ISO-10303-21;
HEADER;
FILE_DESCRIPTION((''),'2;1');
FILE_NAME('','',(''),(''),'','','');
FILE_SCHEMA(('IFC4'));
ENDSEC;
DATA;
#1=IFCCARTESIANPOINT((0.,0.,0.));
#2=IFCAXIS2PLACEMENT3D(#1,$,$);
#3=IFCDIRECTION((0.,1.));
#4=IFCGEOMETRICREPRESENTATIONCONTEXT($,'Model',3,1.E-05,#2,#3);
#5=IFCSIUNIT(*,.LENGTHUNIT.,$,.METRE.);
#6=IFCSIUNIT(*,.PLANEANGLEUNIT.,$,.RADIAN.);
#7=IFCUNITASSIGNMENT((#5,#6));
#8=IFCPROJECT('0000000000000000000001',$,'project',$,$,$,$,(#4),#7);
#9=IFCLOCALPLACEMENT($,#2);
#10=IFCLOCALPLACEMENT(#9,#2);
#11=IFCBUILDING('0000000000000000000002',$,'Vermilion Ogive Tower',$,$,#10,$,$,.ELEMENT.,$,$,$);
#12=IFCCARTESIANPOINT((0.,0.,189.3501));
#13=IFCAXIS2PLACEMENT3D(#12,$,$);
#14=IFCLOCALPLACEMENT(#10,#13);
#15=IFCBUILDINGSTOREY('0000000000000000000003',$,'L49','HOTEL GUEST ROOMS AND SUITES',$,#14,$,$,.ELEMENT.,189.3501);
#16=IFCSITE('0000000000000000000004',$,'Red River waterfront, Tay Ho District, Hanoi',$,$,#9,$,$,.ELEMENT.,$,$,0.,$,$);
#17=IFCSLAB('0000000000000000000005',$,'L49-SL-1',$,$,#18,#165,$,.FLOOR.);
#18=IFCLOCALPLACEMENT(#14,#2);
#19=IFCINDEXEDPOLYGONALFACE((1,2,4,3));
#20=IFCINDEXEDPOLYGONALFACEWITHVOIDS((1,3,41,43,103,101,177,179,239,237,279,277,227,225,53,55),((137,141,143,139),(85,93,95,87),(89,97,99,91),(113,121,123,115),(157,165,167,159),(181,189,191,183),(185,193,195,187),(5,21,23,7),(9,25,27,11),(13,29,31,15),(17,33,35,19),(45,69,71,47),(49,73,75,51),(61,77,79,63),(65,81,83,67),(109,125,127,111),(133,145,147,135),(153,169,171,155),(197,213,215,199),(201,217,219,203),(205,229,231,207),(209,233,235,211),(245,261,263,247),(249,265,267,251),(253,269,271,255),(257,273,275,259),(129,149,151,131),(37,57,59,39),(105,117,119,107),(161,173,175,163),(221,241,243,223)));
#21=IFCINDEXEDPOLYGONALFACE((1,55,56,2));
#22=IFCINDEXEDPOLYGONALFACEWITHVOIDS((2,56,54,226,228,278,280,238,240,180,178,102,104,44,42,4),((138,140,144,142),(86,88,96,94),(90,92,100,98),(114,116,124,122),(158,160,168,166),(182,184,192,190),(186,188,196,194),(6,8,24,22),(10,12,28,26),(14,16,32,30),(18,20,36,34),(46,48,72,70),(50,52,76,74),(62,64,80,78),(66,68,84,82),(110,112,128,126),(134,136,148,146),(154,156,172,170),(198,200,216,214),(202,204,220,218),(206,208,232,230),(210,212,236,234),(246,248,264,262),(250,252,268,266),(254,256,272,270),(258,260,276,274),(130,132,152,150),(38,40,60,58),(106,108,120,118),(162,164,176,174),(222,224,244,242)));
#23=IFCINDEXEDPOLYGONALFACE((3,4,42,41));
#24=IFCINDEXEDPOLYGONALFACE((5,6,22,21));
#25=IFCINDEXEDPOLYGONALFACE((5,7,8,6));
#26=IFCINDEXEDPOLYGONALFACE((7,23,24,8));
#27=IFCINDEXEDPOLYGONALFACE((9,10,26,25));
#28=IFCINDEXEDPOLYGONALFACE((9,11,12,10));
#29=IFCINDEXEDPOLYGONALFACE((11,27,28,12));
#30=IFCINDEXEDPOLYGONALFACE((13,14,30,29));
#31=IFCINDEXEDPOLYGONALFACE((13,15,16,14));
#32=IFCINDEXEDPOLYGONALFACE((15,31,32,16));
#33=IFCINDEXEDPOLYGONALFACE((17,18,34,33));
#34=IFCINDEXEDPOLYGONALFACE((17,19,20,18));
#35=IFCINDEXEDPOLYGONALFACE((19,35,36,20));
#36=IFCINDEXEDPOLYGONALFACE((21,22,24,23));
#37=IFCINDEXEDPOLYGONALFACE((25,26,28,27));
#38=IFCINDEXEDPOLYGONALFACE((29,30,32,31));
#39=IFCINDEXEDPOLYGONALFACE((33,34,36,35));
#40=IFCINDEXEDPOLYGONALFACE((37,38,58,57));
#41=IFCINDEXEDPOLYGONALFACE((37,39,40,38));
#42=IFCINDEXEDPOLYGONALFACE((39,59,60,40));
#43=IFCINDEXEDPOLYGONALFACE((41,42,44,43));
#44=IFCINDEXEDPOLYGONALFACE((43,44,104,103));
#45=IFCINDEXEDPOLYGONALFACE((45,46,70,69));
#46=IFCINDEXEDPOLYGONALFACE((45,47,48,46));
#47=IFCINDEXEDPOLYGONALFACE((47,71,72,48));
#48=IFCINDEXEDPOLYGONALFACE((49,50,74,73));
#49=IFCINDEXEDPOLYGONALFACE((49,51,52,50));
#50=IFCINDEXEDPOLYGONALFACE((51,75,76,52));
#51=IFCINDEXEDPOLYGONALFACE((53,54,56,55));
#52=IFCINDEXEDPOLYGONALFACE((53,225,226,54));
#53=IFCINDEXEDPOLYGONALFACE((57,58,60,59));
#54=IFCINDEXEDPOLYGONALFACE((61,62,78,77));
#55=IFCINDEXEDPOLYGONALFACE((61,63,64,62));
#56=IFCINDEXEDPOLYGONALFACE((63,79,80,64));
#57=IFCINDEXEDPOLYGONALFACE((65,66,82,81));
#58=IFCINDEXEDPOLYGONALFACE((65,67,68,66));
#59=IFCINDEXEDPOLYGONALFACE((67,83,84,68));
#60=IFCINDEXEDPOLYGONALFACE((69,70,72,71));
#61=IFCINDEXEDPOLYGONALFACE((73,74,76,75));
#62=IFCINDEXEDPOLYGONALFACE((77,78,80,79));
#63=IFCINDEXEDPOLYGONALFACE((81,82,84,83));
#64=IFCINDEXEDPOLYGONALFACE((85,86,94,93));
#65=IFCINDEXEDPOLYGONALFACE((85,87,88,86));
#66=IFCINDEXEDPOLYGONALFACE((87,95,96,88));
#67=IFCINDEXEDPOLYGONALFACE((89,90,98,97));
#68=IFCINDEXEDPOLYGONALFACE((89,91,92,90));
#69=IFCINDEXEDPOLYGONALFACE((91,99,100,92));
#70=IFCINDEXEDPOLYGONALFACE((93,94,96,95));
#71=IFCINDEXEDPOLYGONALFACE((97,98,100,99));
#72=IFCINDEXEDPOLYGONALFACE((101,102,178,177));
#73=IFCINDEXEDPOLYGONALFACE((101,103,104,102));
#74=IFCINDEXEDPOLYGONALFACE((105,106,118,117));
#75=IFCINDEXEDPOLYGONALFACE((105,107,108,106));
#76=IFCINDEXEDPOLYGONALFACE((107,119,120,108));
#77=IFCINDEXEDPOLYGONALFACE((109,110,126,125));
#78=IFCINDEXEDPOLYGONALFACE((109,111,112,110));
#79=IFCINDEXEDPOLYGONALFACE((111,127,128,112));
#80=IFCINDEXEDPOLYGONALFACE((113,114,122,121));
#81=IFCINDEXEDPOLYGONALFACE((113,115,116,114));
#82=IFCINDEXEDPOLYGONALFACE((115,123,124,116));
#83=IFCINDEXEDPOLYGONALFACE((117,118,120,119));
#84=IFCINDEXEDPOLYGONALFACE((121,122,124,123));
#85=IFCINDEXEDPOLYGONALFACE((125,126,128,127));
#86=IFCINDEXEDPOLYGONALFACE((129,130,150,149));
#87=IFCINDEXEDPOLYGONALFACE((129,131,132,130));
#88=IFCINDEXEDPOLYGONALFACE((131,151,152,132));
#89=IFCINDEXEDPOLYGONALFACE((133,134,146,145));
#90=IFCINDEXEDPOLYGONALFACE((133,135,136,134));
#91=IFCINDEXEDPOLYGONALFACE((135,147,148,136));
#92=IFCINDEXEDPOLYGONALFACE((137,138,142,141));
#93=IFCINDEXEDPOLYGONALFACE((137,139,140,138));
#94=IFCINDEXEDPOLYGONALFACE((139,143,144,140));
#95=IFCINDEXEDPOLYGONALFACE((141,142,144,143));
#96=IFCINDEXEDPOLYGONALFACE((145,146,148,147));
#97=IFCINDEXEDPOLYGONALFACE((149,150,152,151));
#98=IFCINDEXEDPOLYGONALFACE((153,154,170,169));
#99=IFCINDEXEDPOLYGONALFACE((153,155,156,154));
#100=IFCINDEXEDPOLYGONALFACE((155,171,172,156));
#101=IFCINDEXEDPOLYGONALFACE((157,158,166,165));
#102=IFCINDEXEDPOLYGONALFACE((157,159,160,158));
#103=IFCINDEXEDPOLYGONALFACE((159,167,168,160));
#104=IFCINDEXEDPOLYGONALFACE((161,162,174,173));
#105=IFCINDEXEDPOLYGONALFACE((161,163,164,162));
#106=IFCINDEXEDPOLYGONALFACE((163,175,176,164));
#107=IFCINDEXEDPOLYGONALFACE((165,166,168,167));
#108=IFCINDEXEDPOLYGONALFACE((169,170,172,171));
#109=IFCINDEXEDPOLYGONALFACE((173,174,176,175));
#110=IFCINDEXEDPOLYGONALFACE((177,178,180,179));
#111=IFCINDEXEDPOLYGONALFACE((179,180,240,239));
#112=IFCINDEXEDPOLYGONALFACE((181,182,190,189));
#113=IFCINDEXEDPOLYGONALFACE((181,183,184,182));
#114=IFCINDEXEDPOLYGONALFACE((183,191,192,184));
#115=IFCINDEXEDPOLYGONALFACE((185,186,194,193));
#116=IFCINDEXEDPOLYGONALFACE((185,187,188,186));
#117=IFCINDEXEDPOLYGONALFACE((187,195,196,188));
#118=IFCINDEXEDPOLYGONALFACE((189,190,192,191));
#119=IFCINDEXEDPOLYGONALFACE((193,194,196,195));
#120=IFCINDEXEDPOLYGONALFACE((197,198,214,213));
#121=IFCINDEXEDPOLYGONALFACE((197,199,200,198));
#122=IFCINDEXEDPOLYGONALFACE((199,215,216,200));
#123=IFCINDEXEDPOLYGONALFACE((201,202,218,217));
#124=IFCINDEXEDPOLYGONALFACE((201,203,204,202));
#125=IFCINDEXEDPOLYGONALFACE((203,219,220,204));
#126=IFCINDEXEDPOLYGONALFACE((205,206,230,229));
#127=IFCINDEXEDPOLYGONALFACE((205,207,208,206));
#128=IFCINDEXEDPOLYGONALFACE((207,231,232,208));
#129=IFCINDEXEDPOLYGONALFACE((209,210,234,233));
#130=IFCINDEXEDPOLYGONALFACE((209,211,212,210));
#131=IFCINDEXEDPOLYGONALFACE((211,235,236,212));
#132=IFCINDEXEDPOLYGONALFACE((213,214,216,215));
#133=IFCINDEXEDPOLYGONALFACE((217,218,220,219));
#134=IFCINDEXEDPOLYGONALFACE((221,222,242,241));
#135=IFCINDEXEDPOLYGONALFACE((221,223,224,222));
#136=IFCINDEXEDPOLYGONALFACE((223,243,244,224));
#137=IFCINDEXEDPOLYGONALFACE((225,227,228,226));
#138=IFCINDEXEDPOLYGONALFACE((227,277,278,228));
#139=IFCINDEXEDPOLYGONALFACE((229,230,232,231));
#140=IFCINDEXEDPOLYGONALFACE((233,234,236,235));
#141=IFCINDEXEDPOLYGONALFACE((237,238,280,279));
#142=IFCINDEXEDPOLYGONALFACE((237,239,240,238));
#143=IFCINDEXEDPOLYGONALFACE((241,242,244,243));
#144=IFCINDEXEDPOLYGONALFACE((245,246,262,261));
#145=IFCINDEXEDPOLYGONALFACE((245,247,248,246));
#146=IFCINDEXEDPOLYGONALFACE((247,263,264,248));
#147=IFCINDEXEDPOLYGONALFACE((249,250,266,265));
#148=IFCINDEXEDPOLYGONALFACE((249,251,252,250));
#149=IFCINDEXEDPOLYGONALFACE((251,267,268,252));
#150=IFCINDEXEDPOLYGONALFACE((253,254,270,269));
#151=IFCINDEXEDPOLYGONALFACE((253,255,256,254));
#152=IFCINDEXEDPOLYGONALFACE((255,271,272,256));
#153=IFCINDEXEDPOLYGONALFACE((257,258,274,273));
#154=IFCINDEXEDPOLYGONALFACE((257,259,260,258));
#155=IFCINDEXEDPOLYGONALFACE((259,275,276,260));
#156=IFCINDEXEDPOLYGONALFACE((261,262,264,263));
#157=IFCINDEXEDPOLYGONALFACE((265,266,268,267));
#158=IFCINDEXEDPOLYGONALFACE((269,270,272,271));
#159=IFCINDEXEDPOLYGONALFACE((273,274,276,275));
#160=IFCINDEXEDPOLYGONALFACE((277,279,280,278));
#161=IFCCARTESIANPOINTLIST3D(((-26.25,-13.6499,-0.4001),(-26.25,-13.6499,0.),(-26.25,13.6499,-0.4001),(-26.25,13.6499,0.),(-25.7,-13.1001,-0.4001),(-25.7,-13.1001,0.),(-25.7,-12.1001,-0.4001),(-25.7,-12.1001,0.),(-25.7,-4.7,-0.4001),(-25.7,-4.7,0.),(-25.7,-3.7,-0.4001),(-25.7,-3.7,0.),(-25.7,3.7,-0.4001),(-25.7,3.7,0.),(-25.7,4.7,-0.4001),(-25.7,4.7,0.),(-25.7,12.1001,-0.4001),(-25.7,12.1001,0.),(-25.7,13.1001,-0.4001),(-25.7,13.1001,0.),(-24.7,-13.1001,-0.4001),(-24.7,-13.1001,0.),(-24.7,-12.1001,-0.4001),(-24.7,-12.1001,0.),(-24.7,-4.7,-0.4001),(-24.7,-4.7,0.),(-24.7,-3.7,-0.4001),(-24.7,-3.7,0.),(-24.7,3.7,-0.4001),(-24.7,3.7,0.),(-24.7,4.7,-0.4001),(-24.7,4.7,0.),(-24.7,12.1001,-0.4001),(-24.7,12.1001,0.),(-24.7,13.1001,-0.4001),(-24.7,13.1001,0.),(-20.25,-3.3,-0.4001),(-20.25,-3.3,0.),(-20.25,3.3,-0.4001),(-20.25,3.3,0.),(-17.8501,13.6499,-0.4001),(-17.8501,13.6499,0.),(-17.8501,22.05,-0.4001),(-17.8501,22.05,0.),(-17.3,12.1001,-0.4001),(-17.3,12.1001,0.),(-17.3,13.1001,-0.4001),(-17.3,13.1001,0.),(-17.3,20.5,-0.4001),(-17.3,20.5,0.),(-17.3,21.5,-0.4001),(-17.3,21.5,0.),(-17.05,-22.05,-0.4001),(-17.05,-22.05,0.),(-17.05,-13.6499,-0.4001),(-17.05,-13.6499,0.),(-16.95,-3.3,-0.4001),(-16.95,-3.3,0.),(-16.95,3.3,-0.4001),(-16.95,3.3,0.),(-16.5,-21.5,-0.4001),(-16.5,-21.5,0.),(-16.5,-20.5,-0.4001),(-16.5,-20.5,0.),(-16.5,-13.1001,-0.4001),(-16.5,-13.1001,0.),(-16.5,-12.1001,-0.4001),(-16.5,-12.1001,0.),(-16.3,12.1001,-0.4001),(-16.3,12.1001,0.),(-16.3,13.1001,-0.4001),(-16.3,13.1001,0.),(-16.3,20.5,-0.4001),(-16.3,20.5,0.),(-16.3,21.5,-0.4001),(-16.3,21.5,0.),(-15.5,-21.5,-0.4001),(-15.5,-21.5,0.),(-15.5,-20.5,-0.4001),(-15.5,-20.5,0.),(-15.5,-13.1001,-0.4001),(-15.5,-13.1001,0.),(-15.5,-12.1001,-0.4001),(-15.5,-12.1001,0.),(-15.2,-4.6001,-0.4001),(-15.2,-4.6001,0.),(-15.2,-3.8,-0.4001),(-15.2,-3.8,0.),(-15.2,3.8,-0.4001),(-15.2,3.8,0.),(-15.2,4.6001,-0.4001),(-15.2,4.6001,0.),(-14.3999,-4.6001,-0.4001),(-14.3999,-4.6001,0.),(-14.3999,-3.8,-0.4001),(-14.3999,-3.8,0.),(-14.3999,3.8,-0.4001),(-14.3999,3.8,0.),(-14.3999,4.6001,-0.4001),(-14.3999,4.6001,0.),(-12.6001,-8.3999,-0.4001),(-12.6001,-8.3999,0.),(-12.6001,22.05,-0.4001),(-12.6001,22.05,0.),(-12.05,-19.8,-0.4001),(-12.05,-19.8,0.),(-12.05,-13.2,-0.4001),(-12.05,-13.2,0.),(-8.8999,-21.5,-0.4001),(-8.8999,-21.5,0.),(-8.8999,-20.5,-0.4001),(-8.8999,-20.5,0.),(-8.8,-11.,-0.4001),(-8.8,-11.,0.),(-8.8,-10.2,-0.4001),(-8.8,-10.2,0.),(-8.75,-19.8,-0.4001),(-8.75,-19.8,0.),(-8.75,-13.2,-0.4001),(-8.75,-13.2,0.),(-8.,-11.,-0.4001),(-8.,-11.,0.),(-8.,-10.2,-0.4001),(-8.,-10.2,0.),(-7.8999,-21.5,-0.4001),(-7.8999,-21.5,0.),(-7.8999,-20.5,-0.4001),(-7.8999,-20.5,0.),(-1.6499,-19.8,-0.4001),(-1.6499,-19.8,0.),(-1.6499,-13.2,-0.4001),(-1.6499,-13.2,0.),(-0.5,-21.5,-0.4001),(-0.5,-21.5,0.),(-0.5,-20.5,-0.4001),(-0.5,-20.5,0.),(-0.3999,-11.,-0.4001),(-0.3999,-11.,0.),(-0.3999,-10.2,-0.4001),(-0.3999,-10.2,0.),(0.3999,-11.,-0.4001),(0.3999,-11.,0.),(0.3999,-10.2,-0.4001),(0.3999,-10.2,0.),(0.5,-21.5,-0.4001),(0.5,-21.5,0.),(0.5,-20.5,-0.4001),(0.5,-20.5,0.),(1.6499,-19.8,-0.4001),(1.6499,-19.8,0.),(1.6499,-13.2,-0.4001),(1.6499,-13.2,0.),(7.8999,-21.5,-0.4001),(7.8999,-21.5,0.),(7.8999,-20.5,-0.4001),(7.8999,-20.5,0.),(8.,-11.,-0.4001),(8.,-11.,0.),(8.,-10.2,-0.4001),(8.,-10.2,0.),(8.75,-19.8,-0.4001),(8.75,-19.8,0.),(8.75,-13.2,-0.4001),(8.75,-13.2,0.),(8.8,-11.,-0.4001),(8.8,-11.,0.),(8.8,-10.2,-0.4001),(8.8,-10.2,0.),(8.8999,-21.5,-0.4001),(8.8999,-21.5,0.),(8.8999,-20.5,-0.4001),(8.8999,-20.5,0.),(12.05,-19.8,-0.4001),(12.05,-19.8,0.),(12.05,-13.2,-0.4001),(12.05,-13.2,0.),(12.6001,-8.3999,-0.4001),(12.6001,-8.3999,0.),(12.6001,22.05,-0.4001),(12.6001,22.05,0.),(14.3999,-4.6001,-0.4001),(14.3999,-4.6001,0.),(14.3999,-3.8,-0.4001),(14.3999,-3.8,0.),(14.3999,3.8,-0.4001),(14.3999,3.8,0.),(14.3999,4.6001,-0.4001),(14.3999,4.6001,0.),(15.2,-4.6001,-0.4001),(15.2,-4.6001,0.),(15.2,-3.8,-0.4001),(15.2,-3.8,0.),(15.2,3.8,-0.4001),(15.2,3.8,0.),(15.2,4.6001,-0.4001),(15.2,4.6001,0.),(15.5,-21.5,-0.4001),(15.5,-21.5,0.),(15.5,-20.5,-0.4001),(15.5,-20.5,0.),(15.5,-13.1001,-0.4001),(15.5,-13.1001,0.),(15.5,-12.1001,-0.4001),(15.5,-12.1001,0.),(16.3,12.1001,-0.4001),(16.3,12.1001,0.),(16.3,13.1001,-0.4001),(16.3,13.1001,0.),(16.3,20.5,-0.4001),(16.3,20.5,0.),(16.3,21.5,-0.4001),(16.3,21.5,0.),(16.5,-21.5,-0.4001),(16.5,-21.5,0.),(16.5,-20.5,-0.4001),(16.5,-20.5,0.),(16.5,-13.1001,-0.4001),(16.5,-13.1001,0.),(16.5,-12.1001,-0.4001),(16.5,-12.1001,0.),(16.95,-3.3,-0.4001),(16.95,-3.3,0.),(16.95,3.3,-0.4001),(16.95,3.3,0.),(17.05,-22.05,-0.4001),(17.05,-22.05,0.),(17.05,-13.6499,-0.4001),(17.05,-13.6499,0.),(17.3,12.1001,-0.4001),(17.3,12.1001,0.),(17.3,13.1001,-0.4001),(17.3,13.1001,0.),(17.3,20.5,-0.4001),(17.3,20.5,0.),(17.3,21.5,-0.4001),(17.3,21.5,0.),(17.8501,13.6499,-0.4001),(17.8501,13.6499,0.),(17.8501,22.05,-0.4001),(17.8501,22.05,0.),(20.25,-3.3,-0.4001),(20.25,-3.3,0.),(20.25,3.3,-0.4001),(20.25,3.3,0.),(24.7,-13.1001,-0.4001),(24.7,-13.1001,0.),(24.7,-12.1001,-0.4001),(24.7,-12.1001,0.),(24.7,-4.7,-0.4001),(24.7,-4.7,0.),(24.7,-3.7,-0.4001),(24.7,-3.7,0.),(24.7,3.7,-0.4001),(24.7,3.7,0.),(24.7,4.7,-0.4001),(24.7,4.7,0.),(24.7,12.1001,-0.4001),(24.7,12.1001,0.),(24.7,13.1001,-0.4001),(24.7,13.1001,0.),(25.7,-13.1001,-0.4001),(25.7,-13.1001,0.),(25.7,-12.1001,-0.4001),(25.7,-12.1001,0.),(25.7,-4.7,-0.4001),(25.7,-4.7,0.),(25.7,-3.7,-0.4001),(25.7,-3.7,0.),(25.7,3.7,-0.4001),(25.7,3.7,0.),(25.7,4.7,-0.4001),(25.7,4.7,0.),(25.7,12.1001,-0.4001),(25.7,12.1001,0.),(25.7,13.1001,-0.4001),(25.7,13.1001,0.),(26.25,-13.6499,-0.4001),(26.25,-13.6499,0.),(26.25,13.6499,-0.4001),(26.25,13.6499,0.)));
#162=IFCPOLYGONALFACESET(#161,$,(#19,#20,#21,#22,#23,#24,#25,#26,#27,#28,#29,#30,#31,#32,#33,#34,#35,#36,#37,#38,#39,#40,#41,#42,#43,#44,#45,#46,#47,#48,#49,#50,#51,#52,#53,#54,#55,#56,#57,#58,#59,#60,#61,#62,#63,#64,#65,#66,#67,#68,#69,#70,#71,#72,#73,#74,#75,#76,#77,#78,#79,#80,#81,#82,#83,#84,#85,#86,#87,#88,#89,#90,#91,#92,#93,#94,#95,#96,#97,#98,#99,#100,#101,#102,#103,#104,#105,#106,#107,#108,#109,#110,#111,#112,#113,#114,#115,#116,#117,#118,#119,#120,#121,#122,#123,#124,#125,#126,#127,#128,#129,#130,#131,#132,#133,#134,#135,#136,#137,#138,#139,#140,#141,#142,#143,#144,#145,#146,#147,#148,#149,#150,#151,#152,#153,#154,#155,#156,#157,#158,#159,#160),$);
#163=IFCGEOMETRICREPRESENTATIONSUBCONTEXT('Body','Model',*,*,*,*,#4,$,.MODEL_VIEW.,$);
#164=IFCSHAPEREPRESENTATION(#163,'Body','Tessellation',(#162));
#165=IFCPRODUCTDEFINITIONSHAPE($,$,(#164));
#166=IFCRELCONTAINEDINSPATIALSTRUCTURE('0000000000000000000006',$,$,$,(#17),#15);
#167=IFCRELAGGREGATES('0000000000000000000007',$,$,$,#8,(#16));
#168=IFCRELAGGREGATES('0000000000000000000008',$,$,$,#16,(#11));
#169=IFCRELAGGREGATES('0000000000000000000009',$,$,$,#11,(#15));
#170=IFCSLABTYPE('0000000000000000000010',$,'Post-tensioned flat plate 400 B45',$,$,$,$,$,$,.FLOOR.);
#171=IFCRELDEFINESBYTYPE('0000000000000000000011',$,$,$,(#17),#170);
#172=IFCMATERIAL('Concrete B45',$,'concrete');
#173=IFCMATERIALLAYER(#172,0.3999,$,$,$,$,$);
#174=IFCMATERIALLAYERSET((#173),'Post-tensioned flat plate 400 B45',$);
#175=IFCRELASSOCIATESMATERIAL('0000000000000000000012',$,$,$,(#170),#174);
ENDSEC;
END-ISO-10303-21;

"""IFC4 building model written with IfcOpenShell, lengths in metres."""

from ifc_helpers import new_model, si_unit, direction, frame, origin, place, context, subcontext, project, spatial, polyline, outline, extrude, material, layer, layer_set, type_object, element, save


model = new_model("IFC4")

# Units and contexts
model_context = context("Model", 3, precision=1e-05, world=origin(), true_north=direction((0.0, 1.0)))
body_context = subcontext(model_context, "Body", "Model", "MODEL_VIEW")
ifc_project = project(units=[si_unit("LENGTHUNIT", "METRE"), si_unit("PLANEANGLEUNIT", "RADIAN")], contexts=[model_context])

# Site, building, storey
site_placement = place(None, origin())
site = spatial("IfcSite", under=ifc_project, at=site_placement, Name="Red River waterfront, Tay Ho District, Hanoi", CompositionType="ELEMENT", RefElevation=0.0)
building_placement = place(site_placement, origin())
building = spatial("IfcBuilding", under=site, at=building_placement, Name="Vermilion Ogive Tower", CompositionType="ELEMENT")
storey_placement = place(building_placement, frame((0.0, 0.0, 189.3501)))
storey = spatial("IfcBuildingStorey", under=building, at=storey_placement, Name="L49", Description="HOTEL GUEST ROOMS AND SUITES", CompositionType="ELEMENT", Elevation=189.3501)

# Slab
ifc_material_1 = material(Name="Concrete B45", Category="concrete")
ifc_layer_1 = layer(ifc_material_1, 0.3999)
ifc_layer_set_1 = layer_set([ifc_layer_1], Name="Post-tensioned flat plate 400 B45")
slab_type_1 = type_object("IfcSlabType", Name="Post-tensioned flat plate 400 B45", PredefinedType="FLOOR", material=ifc_layer_set_1)
slab_1_placement = place(storey_placement, frame((0.0, 0.0, -0.4001)))
element("IfcSlab", 1, at=slab_1_placement, inside=storey, type_object=slab_type_1, Name="L49-SL-1", PredefinedType="FLOOR", context=body_context, shape_type="SweptSolid", body=[
    extrude(outline(polyline([(-17.05, -13.6499), (-26.25, -13.6499), (-26.25, 13.6499), (-17.8501, 13.6499), (-17.8501, 22.05), (-12.6001, 22.05), (-12.6001, -8.3999), (12.6001, -8.3999), (12.6001, 22.05), (17.8501, 22.05), (17.8501, 13.6499), (26.25, 13.6499), (26.25, -13.6499), (17.05, -13.6499), (17.05, -22.05), (-17.05, -22.05), (-17.05, -13.6499)]), holes=[polyline([(25.7, -4.7), (25.7, -3.7), (24.7, -3.7), (24.7, -4.7), (25.7, -4.7)]), polyline([(25.7, -13.1001), (25.7, -12.1001), (24.7, -12.1001), (24.7, -13.1001), (25.7, -13.1001)]), polyline([(24.7, 12.1001), (25.7, 12.1001), (25.7, 13.1001), (24.7, 13.1001), (24.7, 12.1001)]), polyline([(24.7, 3.7), (25.7, 3.7), (25.7, 4.7), (24.7, 4.7), (24.7, 3.7)]), polyline([(20.25, -3.3), (20.25, 3.3), (16.95, 3.3), (16.95, -3.3), (20.25, -3.3)]), polyline([(17.3, 12.1001), (17.3, 13.1001), (16.3, 13.1001), (16.3, 12.1001), (17.3, 12.1001)]), polyline([(16.3, 20.5), (17.3, 20.5), (17.3, 21.5), (16.3, 21.5), (16.3, 20.5)]), polyline([(16.5, -13.1001), (16.5, -12.1001), (15.5, -12.1001), (15.5, -13.1001), (16.5, -13.1001)]), polyline([(16.5, -21.5), (16.5, -20.5), (15.5, -20.5), (15.5, -21.5), (16.5, -21.5)]), polyline([(15.2, 3.8), (15.2, 4.6001), (14.3999, 4.6001), (14.3999, 3.8), (15.2, 3.8)]), polyline([(14.3999, -4.6001), (15.2, -4.6001), (15.2, -3.8), (14.3999, -3.8), (14.3999, -4.6001)]), polyline([(12.05, -19.8), (12.05, -13.2), (8.75, -13.2), (8.75, -19.8), (12.05, -19.8)]), polyline([(8.8999, -21.5), (8.8999, -20.5), (7.8999, -20.5), (7.8999, -21.5), (8.8999, -21.5)]), polyline([(8.0, -11.0), (8.8, -11.0), (8.8, -10.2), (8.0, -10.2), (8.0, -11.0)]), polyline([(1.6499, -19.8), (1.6499, -13.2), (-1.6499, -13.2), (-1.6499, -19.8), (1.6499, -19.8)]), polyline([(0.5, -21.5), (0.5, -20.5), (-0.5, -20.5), (-0.5, -21.5), (0.5, -21.5)]), polyline([(0.3999, -11.0), (0.3999, -10.2), (-0.3999, -10.2), (-0.3999, -11.0), (0.3999, -11.0)]), polyline([(-7.8999, -21.5), (-7.8999, -20.5), (-8.8999, -20.5), (-8.8999, -21.5), (-7.8999, -21.5)]), polyline([(-8.0, -11.0), (-8.0, -10.2), (-8.8, -10.2), (-8.8, -11.0), (-8.0, -11.0)]), polyline([(-8.75, -19.8), (-8.75, -13.2), (-12.05, -13.2), (-12.05, -19.8), (-8.75, -19.8)]), polyline([(-14.3999, 3.8), (-14.3999, 4.6001), (-15.2, 4.6001), (-15.2, 3.8), (-14.3999, 3.8)]), polyline([(-15.2, -4.6001), (-14.3999, -4.6001), (-14.3999, -3.8), (-15.2, -3.8), (-15.2, -4.6001)]), polyline([(-15.5, -13.1001), (-15.5, -12.1001), (-16.5, -12.1001), (-16.5, -13.1001), (-15.5, -13.1001)]), polyline([(-15.5, -21.5), (-15.5, -20.5), (-16.5, -20.5), (-16.5, -21.5), (-15.5, -21.5)]), polyline([(-16.3, 12.1001), (-16.3, 13.1001), (-17.3, 13.1001), (-17.3, 12.1001), (-16.3, 12.1001)]), polyline([(-17.3, 20.5), (-16.3, 20.5), (-16.3, 21.5), (-17.3, 21.5), (-17.3, 20.5)]), polyline([(-16.95, -3.3), (-16.95, 3.3), (-20.25, 3.3), (-20.25, -3.3), (-16.95, -3.3)]), polyline([(-25.7, 3.7), (-24.7, 3.7), (-24.7, 4.7), (-25.7, 4.7), (-25.7, 3.7)]), polyline([(-24.7, 12.1001), (-24.7, 13.1001), (-25.7, 13.1001), (-25.7, 12.1001), (-24.7, 12.1001)]), polyline([(-24.7, -4.7), (-24.7, -3.7), (-25.7, -3.7), (-25.7, -4.7), (-24.7, -4.7)]), polyline([(-24.7, -13.1001), (-24.7, -12.1001), (-25.7, -12.1001), (-25.7, -13.1001), (-24.7, -13.1001)])]), origin(), (0.0, 0.0, 1.0), 0.4001),
])

save(model, "model.ifc")
